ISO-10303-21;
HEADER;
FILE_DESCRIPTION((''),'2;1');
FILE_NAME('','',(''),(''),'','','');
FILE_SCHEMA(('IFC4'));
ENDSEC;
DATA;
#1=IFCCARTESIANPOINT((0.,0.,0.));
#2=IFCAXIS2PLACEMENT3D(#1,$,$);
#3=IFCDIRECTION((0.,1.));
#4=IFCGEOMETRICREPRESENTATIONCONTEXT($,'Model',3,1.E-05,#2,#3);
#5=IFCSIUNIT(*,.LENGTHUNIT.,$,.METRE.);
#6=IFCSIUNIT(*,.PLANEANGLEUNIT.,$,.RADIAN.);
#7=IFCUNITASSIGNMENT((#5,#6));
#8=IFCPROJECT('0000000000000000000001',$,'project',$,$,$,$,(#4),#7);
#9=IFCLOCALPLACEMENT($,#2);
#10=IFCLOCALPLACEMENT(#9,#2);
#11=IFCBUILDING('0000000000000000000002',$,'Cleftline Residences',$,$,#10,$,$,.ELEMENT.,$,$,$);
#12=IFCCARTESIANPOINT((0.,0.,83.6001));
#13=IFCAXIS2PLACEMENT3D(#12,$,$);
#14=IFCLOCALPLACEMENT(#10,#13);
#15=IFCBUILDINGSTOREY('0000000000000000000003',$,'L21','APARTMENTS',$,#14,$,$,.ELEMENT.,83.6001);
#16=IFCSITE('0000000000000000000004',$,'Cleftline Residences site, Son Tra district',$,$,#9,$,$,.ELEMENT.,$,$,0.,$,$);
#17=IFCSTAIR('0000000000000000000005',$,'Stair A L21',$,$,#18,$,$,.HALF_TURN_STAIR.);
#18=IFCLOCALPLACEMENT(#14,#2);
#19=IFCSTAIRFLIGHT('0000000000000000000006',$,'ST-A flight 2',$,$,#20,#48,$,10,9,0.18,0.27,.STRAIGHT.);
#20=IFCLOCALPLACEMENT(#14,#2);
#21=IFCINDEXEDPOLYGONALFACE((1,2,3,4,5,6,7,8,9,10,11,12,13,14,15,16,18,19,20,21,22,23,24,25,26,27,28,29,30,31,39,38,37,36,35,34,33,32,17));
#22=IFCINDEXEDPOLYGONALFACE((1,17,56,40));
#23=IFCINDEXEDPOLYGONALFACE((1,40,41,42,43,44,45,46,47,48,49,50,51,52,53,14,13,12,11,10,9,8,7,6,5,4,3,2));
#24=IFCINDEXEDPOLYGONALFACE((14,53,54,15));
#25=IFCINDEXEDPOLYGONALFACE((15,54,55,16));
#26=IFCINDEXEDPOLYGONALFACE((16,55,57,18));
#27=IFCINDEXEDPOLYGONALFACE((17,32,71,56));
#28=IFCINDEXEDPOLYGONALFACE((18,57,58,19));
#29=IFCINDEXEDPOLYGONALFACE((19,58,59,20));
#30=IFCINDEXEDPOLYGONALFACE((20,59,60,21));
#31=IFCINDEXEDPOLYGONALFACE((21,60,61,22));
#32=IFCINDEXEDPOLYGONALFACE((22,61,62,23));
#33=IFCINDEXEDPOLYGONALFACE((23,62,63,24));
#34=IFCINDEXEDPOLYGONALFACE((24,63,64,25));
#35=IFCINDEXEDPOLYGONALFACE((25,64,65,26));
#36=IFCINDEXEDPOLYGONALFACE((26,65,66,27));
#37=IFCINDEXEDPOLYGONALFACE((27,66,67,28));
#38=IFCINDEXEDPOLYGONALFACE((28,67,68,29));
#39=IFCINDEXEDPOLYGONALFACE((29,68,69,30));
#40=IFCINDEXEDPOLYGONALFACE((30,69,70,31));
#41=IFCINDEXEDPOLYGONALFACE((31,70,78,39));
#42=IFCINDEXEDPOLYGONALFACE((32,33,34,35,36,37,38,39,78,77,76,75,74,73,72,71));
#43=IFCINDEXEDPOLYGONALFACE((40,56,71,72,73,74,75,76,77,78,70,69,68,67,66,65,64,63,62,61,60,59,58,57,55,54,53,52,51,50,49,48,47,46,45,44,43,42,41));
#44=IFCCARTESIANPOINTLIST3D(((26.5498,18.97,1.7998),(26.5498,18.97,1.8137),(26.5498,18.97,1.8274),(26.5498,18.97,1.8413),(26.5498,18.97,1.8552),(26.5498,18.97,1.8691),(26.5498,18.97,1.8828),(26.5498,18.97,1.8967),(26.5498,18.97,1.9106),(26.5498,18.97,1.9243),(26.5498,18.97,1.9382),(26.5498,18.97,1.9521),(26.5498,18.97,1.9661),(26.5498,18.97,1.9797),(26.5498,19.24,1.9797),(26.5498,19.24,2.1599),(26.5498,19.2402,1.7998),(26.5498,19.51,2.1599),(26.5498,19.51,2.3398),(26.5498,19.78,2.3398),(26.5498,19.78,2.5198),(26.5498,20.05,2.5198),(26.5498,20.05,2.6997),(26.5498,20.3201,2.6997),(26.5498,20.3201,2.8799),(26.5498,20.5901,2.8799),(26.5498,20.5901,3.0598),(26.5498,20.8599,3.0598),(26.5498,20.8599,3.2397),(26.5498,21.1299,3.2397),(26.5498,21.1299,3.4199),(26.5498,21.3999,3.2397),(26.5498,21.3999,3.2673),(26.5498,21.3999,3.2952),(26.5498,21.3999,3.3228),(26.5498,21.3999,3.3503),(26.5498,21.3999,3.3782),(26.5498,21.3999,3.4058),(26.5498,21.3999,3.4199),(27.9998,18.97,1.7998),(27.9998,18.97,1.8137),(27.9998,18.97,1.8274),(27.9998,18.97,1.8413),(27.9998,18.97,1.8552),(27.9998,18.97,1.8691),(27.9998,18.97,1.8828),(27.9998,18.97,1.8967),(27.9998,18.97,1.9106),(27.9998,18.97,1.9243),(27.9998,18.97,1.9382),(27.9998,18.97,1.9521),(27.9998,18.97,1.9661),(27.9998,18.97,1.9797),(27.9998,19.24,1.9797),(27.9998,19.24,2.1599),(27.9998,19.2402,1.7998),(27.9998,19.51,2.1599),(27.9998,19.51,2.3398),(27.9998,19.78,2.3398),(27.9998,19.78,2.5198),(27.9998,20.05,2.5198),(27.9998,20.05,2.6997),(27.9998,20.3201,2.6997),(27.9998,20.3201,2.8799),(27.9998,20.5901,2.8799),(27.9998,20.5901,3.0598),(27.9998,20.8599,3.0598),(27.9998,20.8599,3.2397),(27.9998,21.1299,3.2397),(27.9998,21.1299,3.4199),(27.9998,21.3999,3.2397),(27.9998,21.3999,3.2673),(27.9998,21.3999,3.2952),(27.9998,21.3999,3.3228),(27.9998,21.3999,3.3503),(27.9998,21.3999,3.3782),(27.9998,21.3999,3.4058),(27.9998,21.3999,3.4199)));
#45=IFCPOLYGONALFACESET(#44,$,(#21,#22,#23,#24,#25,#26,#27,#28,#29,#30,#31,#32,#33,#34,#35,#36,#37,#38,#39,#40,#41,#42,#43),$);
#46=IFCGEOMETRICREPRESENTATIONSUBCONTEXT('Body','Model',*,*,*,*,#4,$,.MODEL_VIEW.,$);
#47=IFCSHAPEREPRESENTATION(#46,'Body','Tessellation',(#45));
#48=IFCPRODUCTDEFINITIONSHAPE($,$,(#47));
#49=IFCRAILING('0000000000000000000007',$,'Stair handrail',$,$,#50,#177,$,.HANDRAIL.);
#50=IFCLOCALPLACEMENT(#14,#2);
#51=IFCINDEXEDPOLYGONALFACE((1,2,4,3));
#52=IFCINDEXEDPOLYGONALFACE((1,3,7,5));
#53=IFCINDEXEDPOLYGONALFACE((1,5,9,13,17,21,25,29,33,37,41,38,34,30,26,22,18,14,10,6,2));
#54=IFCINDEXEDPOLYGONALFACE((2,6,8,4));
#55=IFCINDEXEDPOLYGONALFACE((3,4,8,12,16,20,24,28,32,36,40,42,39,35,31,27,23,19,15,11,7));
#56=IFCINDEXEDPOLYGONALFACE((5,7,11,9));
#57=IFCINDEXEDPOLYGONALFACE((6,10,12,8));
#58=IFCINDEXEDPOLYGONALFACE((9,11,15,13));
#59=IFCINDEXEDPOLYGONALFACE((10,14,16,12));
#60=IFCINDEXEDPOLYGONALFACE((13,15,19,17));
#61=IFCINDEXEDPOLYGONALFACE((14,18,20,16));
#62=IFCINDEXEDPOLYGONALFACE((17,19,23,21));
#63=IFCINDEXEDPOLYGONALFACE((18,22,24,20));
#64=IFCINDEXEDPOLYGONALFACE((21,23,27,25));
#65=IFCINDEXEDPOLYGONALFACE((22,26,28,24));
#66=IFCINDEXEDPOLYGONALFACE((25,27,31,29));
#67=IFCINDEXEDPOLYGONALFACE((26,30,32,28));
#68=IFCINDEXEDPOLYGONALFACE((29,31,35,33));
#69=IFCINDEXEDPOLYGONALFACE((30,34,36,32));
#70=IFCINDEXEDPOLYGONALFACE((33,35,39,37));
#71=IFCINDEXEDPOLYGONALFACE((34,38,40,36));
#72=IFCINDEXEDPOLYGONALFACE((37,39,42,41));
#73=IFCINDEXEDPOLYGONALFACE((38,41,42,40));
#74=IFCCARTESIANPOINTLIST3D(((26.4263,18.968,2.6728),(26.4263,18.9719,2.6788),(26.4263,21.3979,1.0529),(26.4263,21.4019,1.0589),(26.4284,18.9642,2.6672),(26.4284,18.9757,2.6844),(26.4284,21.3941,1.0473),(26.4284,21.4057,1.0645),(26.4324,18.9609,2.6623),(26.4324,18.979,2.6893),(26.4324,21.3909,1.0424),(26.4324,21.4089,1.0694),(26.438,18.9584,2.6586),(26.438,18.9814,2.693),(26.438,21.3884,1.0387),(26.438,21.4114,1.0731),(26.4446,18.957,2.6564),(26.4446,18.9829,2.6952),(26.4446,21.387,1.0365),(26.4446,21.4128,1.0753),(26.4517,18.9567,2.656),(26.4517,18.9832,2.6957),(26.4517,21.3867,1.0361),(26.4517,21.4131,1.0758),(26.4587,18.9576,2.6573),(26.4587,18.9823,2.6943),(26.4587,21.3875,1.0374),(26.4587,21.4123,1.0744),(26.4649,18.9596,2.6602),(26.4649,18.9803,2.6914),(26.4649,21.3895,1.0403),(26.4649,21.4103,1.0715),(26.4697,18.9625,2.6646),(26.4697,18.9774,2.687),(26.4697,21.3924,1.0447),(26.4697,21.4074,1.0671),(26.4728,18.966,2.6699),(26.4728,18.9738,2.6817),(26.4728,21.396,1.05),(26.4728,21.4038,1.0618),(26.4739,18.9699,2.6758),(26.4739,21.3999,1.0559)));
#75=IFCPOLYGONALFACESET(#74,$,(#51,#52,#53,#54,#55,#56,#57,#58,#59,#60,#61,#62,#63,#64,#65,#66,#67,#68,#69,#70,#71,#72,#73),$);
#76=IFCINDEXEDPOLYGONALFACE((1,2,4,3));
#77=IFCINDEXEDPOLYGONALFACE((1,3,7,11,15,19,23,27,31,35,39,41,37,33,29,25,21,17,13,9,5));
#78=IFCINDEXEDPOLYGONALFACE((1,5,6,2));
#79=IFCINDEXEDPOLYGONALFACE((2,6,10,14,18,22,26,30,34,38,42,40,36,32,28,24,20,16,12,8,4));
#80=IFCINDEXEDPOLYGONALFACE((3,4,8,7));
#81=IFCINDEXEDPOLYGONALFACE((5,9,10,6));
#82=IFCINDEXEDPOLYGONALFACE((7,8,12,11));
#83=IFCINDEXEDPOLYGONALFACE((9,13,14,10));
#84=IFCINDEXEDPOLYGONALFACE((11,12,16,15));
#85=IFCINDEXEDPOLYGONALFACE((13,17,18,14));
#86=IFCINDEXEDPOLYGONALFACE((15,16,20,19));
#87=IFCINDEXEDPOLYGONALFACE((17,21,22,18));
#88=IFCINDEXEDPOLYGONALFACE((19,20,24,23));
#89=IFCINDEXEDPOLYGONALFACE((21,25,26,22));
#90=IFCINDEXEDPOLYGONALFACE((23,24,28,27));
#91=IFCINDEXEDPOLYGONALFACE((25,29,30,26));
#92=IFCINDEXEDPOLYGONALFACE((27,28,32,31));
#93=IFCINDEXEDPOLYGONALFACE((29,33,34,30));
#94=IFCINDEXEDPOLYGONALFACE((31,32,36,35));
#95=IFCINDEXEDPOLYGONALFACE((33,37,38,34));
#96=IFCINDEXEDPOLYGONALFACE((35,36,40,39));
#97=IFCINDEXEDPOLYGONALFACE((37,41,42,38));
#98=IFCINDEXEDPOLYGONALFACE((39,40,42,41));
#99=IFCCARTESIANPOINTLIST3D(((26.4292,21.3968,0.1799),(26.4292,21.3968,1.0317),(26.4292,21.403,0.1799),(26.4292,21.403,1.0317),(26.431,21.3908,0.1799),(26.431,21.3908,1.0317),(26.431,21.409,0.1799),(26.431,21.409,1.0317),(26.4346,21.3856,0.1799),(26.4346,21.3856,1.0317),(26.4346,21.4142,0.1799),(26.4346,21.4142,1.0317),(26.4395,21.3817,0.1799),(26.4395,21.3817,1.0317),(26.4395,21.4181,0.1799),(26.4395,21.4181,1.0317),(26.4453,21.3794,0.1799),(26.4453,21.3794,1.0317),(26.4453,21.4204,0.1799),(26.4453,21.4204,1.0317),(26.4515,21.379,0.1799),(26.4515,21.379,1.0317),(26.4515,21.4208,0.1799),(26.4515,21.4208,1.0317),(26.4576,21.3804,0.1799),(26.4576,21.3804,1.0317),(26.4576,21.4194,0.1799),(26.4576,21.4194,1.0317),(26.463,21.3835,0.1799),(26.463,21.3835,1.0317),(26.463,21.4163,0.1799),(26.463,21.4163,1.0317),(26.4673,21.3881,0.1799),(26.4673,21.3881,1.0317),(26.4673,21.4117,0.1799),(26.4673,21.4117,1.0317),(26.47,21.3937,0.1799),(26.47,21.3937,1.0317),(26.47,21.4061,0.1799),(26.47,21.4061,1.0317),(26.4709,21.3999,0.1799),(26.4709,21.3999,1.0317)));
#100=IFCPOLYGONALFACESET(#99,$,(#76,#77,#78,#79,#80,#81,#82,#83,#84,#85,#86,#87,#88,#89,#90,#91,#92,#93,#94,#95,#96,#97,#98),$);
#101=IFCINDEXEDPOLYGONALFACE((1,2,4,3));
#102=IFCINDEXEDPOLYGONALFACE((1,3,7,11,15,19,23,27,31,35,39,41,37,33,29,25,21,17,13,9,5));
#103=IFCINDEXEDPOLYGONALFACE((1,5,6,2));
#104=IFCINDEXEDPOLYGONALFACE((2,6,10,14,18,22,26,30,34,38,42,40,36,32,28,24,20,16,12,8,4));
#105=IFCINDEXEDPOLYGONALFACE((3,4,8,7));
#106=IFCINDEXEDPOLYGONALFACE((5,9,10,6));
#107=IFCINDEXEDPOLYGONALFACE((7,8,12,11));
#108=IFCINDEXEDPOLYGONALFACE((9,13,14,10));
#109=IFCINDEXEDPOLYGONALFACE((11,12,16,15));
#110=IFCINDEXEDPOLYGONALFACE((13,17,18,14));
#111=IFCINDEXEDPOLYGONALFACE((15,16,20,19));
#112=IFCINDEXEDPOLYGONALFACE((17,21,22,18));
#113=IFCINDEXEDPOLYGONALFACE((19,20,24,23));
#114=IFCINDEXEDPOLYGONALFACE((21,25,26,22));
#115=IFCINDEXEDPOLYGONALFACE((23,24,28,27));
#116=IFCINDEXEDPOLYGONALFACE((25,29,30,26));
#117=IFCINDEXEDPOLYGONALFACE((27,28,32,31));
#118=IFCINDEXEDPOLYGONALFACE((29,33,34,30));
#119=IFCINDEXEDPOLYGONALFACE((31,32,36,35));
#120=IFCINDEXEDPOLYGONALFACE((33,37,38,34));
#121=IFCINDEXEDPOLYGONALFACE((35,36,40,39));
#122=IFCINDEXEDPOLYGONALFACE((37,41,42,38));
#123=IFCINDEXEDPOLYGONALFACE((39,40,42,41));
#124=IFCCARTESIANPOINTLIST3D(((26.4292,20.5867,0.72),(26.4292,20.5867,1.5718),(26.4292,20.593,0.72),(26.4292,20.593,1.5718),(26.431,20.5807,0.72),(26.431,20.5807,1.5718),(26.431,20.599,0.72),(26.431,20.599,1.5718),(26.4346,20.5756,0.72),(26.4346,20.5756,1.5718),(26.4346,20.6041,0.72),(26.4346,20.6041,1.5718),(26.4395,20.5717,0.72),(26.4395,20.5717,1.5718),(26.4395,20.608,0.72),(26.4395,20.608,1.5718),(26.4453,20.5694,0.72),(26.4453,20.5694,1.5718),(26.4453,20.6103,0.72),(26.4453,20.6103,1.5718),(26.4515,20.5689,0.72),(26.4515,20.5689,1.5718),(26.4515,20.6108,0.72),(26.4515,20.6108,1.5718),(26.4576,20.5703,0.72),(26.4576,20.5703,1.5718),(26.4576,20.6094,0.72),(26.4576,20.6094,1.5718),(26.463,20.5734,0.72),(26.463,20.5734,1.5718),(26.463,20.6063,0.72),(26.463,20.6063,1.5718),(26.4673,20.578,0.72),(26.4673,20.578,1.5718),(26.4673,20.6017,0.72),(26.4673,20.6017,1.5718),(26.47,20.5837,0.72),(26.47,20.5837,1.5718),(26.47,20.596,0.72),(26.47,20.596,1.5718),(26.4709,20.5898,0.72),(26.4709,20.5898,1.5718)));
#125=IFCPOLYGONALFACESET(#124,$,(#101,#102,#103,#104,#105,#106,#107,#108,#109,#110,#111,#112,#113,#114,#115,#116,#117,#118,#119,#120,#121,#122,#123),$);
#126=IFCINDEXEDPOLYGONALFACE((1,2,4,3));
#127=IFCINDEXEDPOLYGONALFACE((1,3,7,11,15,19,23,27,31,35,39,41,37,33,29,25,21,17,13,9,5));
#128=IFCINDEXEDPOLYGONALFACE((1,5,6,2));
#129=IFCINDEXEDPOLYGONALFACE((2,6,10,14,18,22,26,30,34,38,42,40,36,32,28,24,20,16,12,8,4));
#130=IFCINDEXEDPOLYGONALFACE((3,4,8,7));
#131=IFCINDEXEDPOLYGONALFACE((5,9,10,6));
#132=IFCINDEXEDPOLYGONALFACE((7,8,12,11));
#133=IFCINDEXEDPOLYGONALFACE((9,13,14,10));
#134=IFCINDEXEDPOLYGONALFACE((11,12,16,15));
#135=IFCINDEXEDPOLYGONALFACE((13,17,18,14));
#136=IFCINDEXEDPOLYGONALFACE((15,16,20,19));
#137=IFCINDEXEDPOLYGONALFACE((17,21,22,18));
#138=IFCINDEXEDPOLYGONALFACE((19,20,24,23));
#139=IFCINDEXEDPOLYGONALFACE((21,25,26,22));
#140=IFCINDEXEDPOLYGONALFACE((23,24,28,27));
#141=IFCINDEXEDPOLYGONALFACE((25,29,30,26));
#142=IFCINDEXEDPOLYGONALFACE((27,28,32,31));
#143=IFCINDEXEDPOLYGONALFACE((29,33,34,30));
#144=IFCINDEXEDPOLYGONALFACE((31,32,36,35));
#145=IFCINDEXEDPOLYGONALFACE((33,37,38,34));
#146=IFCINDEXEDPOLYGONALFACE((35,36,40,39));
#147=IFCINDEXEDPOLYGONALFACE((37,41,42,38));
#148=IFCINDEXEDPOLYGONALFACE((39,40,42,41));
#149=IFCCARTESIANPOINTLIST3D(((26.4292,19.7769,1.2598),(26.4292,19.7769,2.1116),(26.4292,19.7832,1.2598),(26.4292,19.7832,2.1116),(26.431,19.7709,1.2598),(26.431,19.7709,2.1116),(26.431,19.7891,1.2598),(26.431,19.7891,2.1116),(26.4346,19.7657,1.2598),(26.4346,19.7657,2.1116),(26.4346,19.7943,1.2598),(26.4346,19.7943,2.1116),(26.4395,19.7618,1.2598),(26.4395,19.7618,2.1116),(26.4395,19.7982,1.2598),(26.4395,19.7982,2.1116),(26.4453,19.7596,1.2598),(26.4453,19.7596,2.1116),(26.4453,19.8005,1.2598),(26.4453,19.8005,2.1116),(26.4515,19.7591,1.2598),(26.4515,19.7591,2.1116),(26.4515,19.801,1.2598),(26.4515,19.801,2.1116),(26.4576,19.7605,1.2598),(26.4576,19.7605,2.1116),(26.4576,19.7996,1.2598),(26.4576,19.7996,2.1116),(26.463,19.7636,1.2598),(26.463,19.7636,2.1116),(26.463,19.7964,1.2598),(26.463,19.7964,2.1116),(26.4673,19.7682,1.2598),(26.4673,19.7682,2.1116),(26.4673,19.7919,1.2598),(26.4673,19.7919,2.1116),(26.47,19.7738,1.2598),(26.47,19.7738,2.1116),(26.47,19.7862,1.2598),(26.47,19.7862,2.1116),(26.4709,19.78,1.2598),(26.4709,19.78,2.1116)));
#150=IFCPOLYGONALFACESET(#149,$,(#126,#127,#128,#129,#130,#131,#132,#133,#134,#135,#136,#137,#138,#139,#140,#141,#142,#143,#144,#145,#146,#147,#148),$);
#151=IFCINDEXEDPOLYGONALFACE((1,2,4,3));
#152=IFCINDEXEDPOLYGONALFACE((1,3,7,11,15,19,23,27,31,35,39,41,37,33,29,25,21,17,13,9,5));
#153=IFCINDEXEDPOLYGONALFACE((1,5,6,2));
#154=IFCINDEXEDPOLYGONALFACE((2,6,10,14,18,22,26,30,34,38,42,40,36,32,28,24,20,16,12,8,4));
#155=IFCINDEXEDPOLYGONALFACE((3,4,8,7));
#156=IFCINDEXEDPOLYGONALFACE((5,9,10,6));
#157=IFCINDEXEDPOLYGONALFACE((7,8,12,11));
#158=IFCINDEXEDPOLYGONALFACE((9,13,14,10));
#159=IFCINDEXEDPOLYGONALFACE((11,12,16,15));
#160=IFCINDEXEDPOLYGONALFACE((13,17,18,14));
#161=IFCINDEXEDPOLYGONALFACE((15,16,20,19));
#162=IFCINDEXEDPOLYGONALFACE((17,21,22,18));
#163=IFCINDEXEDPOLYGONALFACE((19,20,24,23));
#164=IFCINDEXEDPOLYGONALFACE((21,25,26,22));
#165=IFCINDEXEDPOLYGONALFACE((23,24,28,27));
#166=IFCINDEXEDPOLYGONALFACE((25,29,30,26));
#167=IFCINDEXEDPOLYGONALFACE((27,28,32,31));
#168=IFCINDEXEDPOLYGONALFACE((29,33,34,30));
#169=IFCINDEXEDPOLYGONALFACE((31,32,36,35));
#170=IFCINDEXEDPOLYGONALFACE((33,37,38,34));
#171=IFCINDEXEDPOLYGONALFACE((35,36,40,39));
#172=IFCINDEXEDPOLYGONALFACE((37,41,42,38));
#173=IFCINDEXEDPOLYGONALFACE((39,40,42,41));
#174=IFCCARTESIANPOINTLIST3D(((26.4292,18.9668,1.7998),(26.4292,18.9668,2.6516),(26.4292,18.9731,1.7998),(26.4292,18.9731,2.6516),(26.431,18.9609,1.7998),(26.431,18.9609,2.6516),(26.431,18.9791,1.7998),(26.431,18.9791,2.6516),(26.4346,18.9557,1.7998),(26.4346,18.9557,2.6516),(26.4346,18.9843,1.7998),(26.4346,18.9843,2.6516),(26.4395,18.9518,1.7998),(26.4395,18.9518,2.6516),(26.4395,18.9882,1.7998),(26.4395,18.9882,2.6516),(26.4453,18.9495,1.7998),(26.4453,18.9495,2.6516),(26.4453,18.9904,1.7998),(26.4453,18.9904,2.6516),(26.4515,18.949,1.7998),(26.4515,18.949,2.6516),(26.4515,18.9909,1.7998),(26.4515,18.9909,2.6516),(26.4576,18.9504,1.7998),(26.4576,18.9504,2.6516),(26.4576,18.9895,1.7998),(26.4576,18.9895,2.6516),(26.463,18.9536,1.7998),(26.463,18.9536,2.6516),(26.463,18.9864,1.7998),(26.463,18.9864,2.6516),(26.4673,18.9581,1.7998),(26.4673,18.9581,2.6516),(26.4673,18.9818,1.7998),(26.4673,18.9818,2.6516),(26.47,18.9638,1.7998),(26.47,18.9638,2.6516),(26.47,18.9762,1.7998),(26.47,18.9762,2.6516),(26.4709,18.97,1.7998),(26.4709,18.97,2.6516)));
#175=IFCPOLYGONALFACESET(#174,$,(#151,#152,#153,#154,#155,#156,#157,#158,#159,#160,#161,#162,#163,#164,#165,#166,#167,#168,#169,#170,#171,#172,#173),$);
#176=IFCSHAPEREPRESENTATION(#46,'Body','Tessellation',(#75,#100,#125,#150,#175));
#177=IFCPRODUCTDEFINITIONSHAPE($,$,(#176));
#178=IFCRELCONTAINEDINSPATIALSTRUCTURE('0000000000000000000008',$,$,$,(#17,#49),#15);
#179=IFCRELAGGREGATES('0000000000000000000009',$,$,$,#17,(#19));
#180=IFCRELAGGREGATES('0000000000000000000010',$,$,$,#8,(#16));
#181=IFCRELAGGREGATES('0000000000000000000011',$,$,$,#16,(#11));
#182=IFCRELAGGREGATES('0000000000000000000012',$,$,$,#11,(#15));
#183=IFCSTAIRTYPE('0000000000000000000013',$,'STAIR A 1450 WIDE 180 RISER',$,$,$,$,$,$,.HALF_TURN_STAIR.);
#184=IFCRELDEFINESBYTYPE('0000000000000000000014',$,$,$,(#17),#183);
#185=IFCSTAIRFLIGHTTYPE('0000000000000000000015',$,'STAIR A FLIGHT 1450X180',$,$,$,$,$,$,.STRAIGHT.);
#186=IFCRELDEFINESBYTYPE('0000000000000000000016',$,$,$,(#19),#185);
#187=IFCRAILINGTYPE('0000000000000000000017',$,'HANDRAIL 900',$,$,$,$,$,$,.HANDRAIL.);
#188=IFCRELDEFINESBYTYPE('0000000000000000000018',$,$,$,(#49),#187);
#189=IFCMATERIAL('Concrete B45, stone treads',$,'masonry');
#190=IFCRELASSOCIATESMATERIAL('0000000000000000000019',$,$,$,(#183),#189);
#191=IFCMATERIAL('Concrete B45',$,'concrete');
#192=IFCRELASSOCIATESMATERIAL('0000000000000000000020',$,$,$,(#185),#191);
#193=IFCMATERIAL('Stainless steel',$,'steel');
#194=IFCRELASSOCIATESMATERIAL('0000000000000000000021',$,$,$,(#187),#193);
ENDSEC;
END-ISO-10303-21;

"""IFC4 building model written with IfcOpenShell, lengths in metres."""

from ifc_helpers import new_model, si_unit, direction, frame, origin, origin_2d, place, context, subcontext, project, spatial, polyline, circle, outline, extrude, material, type_object, element, aggregate, save


model = new_model("IFC4")

# Units and contexts
model_context = context("Model", 3, precision=1e-05, world=origin(), true_north=direction((0.0, 1.0)))
body_context = subcontext(model_context, "Body", "Model", "MODEL_VIEW")
ifc_project = project(units=[si_unit("LENGTHUNIT", "METRE"), si_unit("PLANEANGLEUNIT", "RADIAN")], contexts=[model_context])

# Site, building, storey
site_placement = place(None, origin())
site = spatial("IfcSite", under=ifc_project, at=site_placement, Name="Cleftline Residences site, Son Tra district", CompositionType="ELEMENT", RefElevation=0.0)
building_placement = place(site_placement, origin())
building = spatial("IfcBuilding", under=site, at=building_placement, Name="Cleftline Residences", CompositionType="ELEMENT")
storey_placement = place(building_placement, frame((0.0, 0.0, 83.6001)))
storey = spatial("IfcBuildingStorey", under=building, at=storey_placement, Name="L21", Description="APARTMENTS", CompositionType="ELEMENT", Elevation=83.6001)

# Stair, stair flight
ifc_material_1 = material(Name="Concrete B45, stone treads", Category="masonry")
stair_type = type_object("IfcStairType", Name="STAIR A 1450 WIDE 180 RISER", PredefinedType="HALF_TURN_STAIR", material=ifc_material_1)
stair_placement = place(storey_placement, origin())
stair = element("IfcStair", 1, at=stair_placement, inside=storey, type_object=stair_type, Name="Stair A L21", PredefinedType="HALF_TURN_STAIR")
ifc_material_2 = material(Name="Concrete B45", Category="concrete")
stair_flight_type = type_object("IfcStairFlightType", Name="STAIR A FLIGHT 1450X180", PredefinedType="STRAIGHT", material=ifc_material_2)
stair_flight_1_placement = place(storey_placement, frame((27.2749, 18.97, 1.7998), z_axis=(0.0, 0.0, 1.0), x_axis=(0.0, 1.0, 0.0)))
stair_flight_1 = element("IfcStairFlight", 2, at=stair_flight_1_placement, type_object=stair_flight_type, Name="ST-A flight 2", NumberOfRisers=10, NumberOfTreads=9, PredefinedType="STRAIGHT", RiserHeight=0.18, TreadLength=0.27, context=body_context, shape_type="SweptSolid", body=[
    extrude(outline(polyline([(0.0, 0.0), (0.0, 0.0139), (0.0, 0.0276), (0.0, 0.0415), (0.0, 0.0554), (0.0, 0.0693), (0.0, 0.083), (0.0, 0.0969), (0.0, 0.1108), (0.0, 0.1245), (0.0, 0.1384), (0.0, 0.1523), (0.0, 0.1663), (0.0, 0.1799), (0.27, 0.1799), (0.27, 0.3601), (0.54, 0.3601), (0.54, 0.54), (0.8101, 0.54), (0.8101, 0.72), (1.0801, 0.72), (1.0801, 0.8999), (1.3501, 0.8999), (1.3501, 1.0801), (1.6201, 1.0801), (1.6201, 1.26), (1.8899, 1.26), (1.8899, 1.4399), (2.1599, 1.4399), (2.1599, 1.6201), (2.4299, 1.6201), (2.4299, 1.8), (2.4299, 1.7722), (2.4299, 1.7446), (2.4299, 1.7168), (2.4299, 1.6892), (2.4299, 1.6614), (2.4299, 1.6338), (2.4299, 1.606), (2.4299, 1.5784), (2.4299, 1.5505), (2.4299, 1.5229), (2.4299, 1.4954), (2.4299, 1.4675), (2.4299, 1.4399), (0.2703, 0.0), (0.0, 0.0)])), frame((0.0, 0.7251, 0.0), z_axis=(0.0, -1.0, 0.0), x_axis=(1.0, 0.0, 0.0)), (0.0, 0.0, 1.0), 1.45),
])
aggregate(stair, [stair_flight_1])

# Railing
ifc_material_3 = material(Name="Stainless steel", Category="steel")
railing_type = type_object("IfcRailingType", Name="HANDRAIL 900", PredefinedType="HANDRAIL", material=ifc_material_3)
railing_1_placement = place(storey_placement, frame((26.45, 21.3999, 0.1799)))
element("IfcRailing", 3, at=railing_1_placement, inside=storey, type_object=railing_type, Name="Stair handrail", PredefinedType="HANDRAIL", context=body_context, shape_type="SweptSolid", body=[
    extrude(circle(Radius=0.0239, at=origin_2d()), frame((0.0, 0.0, 0.876), z_axis=(0.0, -0.832063, 0.554681), x_axis=(1.0, 0.0, 0.0)), (0.0, 0.0, 1.0), 2.9204),
    extrude(circle(Radius=0.021, at=origin_2d()), origin(), (0.0, 0.0, 1.0), 0.8518),
    extrude(circle(Radius=0.021, at=origin_2d()), frame((0.0, -0.8101, 0.54)), (0.0, 0.0, 1.0), 0.8518),
    extrude(circle(Radius=0.021, at=origin_2d()), frame((0.0, -1.6199, 1.0798)), (0.0, 0.0, 1.0), 0.8518),
    extrude(circle(Radius=0.021, at=origin_2d()), frame((0.0, -2.4299, 1.6199)), (0.0, 0.0, 1.0), 0.8518),
])

save(model, "model.ifc")
